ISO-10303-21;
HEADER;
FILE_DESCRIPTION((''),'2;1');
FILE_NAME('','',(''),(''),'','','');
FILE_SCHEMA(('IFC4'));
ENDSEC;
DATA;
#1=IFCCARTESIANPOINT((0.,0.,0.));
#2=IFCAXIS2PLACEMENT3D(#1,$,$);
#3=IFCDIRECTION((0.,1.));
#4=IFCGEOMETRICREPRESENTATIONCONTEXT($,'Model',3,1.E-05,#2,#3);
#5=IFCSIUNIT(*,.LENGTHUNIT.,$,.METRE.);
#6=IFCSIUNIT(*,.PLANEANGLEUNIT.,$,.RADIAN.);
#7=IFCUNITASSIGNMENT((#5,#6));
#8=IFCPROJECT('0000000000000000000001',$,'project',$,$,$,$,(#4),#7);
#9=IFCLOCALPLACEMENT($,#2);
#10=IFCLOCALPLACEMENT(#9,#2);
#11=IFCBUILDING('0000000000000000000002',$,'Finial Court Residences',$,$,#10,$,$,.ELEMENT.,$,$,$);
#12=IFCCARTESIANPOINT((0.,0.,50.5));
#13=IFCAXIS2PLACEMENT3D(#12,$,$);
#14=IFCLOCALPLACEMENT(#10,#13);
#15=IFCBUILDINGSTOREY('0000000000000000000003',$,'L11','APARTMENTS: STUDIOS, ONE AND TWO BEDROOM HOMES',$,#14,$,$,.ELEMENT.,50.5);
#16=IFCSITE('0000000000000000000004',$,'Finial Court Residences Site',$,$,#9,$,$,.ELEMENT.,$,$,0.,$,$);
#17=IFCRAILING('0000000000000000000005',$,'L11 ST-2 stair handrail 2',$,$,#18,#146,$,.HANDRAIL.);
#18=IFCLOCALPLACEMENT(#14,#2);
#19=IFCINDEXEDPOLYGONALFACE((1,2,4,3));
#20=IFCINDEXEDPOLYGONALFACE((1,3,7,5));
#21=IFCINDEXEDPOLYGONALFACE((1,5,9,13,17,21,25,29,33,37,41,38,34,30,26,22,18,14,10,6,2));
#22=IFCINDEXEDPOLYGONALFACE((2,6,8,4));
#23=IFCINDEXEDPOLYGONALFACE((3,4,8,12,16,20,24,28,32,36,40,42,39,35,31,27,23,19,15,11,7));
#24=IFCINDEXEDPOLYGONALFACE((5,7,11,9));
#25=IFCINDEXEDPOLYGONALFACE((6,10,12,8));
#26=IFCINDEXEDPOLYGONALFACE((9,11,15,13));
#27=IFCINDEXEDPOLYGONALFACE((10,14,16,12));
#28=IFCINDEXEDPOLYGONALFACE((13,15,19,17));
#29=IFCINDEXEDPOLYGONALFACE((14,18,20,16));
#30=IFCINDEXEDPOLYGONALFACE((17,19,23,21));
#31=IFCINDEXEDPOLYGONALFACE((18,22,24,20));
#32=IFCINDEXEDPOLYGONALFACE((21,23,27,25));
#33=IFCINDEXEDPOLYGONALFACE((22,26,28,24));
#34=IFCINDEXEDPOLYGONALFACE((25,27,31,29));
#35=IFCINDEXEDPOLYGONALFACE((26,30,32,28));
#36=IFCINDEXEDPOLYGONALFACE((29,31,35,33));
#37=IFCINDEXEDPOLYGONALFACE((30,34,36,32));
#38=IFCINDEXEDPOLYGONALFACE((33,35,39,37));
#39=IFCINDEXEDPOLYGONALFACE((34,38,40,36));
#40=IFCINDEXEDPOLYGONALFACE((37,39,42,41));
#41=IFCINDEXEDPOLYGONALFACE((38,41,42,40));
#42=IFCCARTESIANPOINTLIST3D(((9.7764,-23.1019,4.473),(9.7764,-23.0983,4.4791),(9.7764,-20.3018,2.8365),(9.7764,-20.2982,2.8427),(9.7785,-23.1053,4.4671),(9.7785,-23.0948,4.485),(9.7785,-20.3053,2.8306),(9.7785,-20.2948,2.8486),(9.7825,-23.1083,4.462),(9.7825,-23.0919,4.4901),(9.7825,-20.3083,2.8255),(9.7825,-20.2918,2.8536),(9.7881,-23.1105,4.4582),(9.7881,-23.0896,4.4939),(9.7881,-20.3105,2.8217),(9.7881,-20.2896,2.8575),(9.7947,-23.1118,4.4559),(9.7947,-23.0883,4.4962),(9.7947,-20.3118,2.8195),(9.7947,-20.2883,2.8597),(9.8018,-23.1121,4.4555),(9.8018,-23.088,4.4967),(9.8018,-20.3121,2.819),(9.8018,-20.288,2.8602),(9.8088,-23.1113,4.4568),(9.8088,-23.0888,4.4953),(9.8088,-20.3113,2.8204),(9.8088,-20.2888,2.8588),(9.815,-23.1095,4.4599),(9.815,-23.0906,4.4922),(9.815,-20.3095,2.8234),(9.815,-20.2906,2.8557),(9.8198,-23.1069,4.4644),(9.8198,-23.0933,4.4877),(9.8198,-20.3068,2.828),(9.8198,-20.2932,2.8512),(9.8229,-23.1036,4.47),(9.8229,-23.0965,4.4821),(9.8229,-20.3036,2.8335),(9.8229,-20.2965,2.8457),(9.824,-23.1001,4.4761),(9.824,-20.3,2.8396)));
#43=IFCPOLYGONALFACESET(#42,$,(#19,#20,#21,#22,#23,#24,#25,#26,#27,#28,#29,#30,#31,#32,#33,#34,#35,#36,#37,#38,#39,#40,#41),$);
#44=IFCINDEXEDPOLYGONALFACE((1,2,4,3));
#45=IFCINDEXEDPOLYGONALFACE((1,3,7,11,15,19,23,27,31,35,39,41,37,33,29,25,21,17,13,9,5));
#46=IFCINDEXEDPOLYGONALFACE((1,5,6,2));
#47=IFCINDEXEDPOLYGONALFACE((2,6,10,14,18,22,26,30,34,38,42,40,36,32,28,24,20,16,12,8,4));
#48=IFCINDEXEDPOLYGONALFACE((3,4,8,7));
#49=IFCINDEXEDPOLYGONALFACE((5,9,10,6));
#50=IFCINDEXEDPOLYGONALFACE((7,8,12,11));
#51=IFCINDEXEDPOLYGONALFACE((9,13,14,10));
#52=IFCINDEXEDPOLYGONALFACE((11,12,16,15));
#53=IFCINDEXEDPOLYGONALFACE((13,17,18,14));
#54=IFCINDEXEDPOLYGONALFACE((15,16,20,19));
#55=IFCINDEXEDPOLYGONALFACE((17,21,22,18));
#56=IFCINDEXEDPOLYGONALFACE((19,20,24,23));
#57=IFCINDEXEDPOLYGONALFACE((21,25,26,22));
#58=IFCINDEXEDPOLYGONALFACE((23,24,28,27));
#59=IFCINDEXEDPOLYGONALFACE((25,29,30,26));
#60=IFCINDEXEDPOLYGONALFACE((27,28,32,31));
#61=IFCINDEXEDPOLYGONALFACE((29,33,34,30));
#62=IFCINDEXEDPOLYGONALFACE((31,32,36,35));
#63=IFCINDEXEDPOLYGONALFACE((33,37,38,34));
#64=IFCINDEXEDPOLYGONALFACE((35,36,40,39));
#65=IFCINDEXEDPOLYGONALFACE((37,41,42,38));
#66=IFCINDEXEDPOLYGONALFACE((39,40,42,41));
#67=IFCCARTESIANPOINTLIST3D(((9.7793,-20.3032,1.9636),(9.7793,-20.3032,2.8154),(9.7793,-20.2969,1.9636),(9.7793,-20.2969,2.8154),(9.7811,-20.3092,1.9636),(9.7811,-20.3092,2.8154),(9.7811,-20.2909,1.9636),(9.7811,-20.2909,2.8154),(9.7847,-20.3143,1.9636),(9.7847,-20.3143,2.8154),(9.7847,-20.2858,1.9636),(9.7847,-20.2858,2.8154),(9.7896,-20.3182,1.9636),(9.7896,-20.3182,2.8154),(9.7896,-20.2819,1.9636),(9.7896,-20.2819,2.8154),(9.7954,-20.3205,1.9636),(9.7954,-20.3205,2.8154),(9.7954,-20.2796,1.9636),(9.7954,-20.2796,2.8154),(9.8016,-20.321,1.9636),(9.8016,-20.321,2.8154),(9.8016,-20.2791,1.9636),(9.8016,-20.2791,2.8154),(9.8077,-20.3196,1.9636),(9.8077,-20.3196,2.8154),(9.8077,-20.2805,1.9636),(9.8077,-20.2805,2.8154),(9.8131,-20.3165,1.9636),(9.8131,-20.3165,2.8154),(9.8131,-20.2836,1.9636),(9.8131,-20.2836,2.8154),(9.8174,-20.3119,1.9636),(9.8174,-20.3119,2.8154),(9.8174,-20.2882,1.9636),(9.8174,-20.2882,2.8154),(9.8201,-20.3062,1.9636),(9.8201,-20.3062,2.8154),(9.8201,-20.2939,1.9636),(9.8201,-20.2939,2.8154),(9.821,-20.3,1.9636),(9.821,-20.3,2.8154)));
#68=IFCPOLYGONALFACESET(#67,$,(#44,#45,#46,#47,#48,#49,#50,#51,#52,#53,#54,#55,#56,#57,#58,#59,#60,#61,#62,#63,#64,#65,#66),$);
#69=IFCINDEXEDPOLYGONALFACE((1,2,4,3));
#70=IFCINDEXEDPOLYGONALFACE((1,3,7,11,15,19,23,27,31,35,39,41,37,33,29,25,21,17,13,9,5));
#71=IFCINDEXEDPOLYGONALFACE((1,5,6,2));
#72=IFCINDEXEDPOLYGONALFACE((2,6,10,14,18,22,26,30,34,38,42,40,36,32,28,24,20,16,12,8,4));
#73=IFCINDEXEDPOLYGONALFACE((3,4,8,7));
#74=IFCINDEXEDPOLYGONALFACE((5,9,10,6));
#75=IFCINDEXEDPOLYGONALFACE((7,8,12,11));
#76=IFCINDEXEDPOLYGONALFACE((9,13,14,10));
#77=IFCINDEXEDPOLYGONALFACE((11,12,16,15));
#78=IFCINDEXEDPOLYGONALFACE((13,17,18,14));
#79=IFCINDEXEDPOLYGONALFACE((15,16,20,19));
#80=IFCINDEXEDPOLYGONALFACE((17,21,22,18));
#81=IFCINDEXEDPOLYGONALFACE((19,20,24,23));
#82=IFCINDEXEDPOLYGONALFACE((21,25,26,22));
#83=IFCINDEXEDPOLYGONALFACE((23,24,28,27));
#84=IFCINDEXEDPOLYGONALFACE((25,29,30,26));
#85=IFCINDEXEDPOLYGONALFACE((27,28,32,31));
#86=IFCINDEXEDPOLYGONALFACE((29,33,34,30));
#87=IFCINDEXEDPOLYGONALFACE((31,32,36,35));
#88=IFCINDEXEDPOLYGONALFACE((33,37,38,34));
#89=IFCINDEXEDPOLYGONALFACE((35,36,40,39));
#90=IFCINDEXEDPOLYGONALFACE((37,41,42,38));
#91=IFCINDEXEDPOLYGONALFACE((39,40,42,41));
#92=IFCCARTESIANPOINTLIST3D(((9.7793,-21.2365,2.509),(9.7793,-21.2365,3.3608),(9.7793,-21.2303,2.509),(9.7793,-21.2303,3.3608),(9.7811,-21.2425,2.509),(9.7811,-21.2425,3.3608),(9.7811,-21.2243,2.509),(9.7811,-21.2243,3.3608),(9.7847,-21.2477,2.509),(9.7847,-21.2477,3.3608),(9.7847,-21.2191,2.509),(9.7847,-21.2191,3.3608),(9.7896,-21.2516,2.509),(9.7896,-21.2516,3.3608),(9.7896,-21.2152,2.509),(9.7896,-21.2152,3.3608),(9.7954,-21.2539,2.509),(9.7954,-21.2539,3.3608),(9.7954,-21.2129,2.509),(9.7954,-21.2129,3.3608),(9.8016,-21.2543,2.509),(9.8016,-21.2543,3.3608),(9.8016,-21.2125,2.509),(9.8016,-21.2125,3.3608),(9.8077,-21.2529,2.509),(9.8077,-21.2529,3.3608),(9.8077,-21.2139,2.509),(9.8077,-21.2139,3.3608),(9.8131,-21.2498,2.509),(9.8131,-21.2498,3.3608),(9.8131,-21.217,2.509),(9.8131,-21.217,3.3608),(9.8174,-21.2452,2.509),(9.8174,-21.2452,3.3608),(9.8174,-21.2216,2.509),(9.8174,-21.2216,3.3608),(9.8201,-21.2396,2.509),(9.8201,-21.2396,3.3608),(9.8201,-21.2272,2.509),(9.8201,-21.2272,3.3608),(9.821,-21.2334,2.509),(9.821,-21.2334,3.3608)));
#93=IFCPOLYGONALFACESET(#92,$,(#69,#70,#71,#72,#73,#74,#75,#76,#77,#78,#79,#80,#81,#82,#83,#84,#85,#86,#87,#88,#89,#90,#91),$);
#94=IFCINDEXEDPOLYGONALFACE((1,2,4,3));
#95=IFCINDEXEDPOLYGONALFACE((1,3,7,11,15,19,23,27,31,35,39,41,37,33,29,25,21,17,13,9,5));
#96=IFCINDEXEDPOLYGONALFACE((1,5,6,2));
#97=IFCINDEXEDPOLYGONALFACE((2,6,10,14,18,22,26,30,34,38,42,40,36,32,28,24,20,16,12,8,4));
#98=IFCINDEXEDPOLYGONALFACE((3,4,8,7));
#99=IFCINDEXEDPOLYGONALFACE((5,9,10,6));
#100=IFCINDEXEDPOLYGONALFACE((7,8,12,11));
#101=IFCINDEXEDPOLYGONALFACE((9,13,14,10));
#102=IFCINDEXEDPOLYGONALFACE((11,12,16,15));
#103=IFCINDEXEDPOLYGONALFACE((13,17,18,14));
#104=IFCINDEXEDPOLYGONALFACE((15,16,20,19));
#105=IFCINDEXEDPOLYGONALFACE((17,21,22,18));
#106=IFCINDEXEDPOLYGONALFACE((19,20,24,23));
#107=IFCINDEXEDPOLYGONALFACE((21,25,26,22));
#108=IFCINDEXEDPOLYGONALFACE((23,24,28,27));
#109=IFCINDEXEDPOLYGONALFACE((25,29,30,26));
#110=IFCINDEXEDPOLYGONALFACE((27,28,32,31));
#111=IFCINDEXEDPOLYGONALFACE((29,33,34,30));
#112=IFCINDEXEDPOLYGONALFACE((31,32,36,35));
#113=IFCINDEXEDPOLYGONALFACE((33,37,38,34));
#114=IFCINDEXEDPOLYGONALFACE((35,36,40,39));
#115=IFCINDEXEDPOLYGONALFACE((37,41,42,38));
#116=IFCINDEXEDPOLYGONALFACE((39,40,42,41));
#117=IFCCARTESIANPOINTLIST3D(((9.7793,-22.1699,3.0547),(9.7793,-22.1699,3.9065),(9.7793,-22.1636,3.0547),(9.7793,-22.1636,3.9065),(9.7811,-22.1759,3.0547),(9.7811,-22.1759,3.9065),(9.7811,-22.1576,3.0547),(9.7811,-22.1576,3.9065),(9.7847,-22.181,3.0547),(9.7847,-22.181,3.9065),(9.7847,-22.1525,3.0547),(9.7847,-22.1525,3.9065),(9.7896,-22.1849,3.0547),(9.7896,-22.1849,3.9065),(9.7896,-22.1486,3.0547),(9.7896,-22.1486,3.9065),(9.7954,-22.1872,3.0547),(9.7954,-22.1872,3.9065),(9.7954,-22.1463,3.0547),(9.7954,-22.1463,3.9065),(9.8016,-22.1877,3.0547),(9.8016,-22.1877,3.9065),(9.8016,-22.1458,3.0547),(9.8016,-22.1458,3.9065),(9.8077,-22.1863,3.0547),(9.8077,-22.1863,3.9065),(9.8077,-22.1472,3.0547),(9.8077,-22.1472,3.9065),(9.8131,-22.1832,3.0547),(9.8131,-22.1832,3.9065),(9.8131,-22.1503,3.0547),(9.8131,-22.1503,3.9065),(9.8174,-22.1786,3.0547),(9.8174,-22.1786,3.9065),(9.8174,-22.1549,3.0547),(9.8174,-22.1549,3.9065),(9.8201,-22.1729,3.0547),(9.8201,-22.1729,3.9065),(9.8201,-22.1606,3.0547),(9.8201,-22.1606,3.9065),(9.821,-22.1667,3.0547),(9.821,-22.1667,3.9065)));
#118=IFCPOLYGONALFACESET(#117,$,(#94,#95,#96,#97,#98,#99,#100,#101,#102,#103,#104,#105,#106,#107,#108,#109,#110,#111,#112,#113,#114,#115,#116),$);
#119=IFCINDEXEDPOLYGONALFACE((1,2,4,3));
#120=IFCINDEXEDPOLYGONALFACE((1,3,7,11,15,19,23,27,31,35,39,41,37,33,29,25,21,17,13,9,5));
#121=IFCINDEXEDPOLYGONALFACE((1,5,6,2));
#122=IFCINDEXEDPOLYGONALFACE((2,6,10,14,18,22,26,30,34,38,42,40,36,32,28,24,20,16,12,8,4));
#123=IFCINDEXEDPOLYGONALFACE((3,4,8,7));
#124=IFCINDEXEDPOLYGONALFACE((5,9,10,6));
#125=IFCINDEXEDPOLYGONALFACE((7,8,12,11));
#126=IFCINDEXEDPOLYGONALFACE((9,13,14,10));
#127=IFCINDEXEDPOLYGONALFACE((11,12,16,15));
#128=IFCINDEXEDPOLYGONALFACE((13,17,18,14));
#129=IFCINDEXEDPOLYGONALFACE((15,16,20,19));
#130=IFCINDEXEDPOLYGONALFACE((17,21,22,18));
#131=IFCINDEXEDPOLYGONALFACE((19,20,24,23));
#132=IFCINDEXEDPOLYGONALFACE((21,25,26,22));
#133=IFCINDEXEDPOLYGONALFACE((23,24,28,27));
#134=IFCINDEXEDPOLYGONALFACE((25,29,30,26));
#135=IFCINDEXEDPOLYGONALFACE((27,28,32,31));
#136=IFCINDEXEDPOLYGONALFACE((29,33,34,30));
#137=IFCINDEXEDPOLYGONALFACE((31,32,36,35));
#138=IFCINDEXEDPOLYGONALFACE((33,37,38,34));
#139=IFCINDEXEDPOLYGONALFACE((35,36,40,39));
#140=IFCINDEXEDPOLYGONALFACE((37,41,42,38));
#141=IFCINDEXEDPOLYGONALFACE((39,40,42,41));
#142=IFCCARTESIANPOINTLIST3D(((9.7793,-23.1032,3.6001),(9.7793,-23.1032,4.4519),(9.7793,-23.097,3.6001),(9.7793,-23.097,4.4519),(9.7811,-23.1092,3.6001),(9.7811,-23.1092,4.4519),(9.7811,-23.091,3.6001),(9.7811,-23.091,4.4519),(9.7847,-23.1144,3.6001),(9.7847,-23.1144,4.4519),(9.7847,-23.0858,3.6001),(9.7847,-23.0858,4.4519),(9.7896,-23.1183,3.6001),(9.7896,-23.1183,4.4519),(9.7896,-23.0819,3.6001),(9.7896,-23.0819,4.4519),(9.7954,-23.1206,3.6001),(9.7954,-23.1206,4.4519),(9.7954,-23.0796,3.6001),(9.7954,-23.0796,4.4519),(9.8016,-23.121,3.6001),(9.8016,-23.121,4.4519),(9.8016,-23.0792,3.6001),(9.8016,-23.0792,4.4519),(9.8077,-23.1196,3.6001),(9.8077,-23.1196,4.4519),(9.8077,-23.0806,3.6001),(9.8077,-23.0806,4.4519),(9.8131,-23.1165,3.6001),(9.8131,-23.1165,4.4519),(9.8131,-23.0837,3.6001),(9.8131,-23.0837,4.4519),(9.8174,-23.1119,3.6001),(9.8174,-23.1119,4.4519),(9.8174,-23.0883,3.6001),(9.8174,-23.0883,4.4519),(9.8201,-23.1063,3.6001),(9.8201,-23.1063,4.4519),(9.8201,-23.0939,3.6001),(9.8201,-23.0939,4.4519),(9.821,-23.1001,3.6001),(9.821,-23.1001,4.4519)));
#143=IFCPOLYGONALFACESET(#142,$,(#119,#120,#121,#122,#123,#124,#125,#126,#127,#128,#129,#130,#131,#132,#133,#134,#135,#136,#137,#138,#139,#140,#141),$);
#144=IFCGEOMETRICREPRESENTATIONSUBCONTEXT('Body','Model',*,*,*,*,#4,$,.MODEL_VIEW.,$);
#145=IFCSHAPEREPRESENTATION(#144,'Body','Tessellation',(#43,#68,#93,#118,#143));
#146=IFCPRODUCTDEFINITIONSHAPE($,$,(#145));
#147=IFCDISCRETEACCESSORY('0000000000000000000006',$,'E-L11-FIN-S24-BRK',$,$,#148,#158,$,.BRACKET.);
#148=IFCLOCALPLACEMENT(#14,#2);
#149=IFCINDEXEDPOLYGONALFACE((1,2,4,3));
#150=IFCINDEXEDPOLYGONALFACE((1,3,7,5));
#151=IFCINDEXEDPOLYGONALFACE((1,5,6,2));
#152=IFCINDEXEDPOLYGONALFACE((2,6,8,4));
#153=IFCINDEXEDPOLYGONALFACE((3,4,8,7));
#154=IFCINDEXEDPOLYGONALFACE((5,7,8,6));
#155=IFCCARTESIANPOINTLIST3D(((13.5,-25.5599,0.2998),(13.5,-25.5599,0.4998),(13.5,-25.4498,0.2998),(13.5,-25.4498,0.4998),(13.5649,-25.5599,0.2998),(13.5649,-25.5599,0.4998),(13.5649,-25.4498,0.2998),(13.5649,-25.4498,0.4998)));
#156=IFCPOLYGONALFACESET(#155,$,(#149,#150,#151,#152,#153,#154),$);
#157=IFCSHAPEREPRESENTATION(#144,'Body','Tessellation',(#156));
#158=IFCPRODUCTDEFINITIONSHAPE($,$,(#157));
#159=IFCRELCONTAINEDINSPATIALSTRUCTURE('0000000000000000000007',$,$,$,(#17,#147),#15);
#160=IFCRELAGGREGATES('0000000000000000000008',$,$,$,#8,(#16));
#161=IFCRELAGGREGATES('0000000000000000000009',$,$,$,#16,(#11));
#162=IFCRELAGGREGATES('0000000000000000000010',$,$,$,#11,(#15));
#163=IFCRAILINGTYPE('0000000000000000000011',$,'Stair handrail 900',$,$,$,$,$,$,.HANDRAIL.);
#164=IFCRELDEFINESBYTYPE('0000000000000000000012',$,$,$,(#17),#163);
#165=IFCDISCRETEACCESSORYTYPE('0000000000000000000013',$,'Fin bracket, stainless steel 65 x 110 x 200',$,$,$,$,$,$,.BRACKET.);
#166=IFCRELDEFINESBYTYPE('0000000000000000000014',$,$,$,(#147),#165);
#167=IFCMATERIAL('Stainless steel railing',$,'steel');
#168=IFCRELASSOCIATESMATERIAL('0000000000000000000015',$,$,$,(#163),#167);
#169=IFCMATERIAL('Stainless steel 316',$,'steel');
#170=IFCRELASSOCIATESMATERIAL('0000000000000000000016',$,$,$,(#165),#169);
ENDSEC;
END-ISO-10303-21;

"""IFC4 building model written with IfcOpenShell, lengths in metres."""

from ifc_helpers import new_model, si_unit, direction, frame, origin, origin_2d, place, context, subcontext, project, spatial, rectangle, circle, extrude, material, type_object, element, save


model = new_model("IFC4")

# Units and contexts
model_context = context("Model", 3, precision=1e-05, world=origin(), true_north=direction((0.0, 1.0)))
body_context = subcontext(model_context, "Body", "Model", "MODEL_VIEW")
ifc_project = project(units=[si_unit("LENGTHUNIT", "METRE"), si_unit("PLANEANGLEUNIT", "RADIAN")], contexts=[model_context])

# Site, building, storey
site_placement = place(None, origin())
site = spatial("IfcSite", under=ifc_project, at=site_placement, Name="Finial Court Residences Site", CompositionType="ELEMENT", RefElevation=0.0)
building_placement = place(site_placement, origin())
building = spatial("IfcBuilding", under=site, at=building_placement, Name="Finial Court Residences", CompositionType="ELEMENT")
storey_placement = place(building_placement, frame((0.0, 0.0, 50.5)))
storey = spatial("IfcBuildingStorey", under=building, at=storey_placement, Name="L11", Description="APARTMENTS: STUDIOS, ONE AND TWO BEDROOM HOMES", CompositionType="ELEMENT", Elevation=50.5)

# Railing
ifc_material_1 = material(Name="Stainless steel railing", Category="steel")
railing_type_1 = type_object("IfcRailingType", Name="Stair handrail 900", PredefinedType="HANDRAIL", material=ifc_material_1)
railing_1_placement = place(storey_placement, frame((9.8, -20.3, 1.9636)))
element("IfcRailing", 1, at=railing_1_placement, inside=storey, type_object=railing_type_1, Name="L11 ST-2 stair handrail 2", PredefinedType="HANDRAIL", context=body_context, shape_type="SweptSolid", body=[
    extrude(circle(Radius=0.0239, at=origin_2d()), frame((0.0, 0.0, 0.876), z_axis=(0.0, -0.863361, 0.504587), x_axis=(1.0, 0.0, 0.0)), (0.0, 0.0, 1.0), 3.2432),
    extrude(circle(Radius=0.021, at=origin_2d()), origin(), (0.0, 0.0, 1.0), 0.8518),
    extrude(circle(Radius=0.021, at=origin_2d()), frame((0.0, -0.9333, 0.5454)), (0.0, 0.0, 1.0), 0.8518),
    extrude(circle(Radius=0.021, at=origin_2d()), frame((0.0, -1.8667, 1.0911)), (0.0, 0.0, 1.0), 0.8518),
    extrude(circle(Radius=0.021, at=origin_2d()), frame((0.0, -2.8, 1.6365)), (0.0, 0.0, 1.0), 0.8518),
])

# Discrete accessory
ifc_material_2 = material(Name="Stainless steel 316", Category="steel")
discrete_accessory_type = type_object("IfcDiscreteAccessoryType", Name="Fin bracket, stainless steel 65 x 110 x 200", PredefinedType="BRACKET", material=ifc_material_2)
discrete_accessory_placement = place(storey_placement, frame((13.5325, -25.5049, 0.2998), z_axis=(0.0, 0.0, 1.0), x_axis=(1.0, 0.0, 0.0)))
element("IfcDiscreteAccessory", 2, at=discrete_accessory_placement, inside=storey, type_object=discrete_accessory_type, Name="E-L11-FIN-S24-BRK", PredefinedType="BRACKET", context=body_context, shape_type="SweptSolid", body=[
    extrude(rectangle(XDim=0.0649, YDim=0.1101, at=origin_2d()), origin(), (0.0, 0.0, 1.0), 0.2),
])

save(model, "model.ifc")
